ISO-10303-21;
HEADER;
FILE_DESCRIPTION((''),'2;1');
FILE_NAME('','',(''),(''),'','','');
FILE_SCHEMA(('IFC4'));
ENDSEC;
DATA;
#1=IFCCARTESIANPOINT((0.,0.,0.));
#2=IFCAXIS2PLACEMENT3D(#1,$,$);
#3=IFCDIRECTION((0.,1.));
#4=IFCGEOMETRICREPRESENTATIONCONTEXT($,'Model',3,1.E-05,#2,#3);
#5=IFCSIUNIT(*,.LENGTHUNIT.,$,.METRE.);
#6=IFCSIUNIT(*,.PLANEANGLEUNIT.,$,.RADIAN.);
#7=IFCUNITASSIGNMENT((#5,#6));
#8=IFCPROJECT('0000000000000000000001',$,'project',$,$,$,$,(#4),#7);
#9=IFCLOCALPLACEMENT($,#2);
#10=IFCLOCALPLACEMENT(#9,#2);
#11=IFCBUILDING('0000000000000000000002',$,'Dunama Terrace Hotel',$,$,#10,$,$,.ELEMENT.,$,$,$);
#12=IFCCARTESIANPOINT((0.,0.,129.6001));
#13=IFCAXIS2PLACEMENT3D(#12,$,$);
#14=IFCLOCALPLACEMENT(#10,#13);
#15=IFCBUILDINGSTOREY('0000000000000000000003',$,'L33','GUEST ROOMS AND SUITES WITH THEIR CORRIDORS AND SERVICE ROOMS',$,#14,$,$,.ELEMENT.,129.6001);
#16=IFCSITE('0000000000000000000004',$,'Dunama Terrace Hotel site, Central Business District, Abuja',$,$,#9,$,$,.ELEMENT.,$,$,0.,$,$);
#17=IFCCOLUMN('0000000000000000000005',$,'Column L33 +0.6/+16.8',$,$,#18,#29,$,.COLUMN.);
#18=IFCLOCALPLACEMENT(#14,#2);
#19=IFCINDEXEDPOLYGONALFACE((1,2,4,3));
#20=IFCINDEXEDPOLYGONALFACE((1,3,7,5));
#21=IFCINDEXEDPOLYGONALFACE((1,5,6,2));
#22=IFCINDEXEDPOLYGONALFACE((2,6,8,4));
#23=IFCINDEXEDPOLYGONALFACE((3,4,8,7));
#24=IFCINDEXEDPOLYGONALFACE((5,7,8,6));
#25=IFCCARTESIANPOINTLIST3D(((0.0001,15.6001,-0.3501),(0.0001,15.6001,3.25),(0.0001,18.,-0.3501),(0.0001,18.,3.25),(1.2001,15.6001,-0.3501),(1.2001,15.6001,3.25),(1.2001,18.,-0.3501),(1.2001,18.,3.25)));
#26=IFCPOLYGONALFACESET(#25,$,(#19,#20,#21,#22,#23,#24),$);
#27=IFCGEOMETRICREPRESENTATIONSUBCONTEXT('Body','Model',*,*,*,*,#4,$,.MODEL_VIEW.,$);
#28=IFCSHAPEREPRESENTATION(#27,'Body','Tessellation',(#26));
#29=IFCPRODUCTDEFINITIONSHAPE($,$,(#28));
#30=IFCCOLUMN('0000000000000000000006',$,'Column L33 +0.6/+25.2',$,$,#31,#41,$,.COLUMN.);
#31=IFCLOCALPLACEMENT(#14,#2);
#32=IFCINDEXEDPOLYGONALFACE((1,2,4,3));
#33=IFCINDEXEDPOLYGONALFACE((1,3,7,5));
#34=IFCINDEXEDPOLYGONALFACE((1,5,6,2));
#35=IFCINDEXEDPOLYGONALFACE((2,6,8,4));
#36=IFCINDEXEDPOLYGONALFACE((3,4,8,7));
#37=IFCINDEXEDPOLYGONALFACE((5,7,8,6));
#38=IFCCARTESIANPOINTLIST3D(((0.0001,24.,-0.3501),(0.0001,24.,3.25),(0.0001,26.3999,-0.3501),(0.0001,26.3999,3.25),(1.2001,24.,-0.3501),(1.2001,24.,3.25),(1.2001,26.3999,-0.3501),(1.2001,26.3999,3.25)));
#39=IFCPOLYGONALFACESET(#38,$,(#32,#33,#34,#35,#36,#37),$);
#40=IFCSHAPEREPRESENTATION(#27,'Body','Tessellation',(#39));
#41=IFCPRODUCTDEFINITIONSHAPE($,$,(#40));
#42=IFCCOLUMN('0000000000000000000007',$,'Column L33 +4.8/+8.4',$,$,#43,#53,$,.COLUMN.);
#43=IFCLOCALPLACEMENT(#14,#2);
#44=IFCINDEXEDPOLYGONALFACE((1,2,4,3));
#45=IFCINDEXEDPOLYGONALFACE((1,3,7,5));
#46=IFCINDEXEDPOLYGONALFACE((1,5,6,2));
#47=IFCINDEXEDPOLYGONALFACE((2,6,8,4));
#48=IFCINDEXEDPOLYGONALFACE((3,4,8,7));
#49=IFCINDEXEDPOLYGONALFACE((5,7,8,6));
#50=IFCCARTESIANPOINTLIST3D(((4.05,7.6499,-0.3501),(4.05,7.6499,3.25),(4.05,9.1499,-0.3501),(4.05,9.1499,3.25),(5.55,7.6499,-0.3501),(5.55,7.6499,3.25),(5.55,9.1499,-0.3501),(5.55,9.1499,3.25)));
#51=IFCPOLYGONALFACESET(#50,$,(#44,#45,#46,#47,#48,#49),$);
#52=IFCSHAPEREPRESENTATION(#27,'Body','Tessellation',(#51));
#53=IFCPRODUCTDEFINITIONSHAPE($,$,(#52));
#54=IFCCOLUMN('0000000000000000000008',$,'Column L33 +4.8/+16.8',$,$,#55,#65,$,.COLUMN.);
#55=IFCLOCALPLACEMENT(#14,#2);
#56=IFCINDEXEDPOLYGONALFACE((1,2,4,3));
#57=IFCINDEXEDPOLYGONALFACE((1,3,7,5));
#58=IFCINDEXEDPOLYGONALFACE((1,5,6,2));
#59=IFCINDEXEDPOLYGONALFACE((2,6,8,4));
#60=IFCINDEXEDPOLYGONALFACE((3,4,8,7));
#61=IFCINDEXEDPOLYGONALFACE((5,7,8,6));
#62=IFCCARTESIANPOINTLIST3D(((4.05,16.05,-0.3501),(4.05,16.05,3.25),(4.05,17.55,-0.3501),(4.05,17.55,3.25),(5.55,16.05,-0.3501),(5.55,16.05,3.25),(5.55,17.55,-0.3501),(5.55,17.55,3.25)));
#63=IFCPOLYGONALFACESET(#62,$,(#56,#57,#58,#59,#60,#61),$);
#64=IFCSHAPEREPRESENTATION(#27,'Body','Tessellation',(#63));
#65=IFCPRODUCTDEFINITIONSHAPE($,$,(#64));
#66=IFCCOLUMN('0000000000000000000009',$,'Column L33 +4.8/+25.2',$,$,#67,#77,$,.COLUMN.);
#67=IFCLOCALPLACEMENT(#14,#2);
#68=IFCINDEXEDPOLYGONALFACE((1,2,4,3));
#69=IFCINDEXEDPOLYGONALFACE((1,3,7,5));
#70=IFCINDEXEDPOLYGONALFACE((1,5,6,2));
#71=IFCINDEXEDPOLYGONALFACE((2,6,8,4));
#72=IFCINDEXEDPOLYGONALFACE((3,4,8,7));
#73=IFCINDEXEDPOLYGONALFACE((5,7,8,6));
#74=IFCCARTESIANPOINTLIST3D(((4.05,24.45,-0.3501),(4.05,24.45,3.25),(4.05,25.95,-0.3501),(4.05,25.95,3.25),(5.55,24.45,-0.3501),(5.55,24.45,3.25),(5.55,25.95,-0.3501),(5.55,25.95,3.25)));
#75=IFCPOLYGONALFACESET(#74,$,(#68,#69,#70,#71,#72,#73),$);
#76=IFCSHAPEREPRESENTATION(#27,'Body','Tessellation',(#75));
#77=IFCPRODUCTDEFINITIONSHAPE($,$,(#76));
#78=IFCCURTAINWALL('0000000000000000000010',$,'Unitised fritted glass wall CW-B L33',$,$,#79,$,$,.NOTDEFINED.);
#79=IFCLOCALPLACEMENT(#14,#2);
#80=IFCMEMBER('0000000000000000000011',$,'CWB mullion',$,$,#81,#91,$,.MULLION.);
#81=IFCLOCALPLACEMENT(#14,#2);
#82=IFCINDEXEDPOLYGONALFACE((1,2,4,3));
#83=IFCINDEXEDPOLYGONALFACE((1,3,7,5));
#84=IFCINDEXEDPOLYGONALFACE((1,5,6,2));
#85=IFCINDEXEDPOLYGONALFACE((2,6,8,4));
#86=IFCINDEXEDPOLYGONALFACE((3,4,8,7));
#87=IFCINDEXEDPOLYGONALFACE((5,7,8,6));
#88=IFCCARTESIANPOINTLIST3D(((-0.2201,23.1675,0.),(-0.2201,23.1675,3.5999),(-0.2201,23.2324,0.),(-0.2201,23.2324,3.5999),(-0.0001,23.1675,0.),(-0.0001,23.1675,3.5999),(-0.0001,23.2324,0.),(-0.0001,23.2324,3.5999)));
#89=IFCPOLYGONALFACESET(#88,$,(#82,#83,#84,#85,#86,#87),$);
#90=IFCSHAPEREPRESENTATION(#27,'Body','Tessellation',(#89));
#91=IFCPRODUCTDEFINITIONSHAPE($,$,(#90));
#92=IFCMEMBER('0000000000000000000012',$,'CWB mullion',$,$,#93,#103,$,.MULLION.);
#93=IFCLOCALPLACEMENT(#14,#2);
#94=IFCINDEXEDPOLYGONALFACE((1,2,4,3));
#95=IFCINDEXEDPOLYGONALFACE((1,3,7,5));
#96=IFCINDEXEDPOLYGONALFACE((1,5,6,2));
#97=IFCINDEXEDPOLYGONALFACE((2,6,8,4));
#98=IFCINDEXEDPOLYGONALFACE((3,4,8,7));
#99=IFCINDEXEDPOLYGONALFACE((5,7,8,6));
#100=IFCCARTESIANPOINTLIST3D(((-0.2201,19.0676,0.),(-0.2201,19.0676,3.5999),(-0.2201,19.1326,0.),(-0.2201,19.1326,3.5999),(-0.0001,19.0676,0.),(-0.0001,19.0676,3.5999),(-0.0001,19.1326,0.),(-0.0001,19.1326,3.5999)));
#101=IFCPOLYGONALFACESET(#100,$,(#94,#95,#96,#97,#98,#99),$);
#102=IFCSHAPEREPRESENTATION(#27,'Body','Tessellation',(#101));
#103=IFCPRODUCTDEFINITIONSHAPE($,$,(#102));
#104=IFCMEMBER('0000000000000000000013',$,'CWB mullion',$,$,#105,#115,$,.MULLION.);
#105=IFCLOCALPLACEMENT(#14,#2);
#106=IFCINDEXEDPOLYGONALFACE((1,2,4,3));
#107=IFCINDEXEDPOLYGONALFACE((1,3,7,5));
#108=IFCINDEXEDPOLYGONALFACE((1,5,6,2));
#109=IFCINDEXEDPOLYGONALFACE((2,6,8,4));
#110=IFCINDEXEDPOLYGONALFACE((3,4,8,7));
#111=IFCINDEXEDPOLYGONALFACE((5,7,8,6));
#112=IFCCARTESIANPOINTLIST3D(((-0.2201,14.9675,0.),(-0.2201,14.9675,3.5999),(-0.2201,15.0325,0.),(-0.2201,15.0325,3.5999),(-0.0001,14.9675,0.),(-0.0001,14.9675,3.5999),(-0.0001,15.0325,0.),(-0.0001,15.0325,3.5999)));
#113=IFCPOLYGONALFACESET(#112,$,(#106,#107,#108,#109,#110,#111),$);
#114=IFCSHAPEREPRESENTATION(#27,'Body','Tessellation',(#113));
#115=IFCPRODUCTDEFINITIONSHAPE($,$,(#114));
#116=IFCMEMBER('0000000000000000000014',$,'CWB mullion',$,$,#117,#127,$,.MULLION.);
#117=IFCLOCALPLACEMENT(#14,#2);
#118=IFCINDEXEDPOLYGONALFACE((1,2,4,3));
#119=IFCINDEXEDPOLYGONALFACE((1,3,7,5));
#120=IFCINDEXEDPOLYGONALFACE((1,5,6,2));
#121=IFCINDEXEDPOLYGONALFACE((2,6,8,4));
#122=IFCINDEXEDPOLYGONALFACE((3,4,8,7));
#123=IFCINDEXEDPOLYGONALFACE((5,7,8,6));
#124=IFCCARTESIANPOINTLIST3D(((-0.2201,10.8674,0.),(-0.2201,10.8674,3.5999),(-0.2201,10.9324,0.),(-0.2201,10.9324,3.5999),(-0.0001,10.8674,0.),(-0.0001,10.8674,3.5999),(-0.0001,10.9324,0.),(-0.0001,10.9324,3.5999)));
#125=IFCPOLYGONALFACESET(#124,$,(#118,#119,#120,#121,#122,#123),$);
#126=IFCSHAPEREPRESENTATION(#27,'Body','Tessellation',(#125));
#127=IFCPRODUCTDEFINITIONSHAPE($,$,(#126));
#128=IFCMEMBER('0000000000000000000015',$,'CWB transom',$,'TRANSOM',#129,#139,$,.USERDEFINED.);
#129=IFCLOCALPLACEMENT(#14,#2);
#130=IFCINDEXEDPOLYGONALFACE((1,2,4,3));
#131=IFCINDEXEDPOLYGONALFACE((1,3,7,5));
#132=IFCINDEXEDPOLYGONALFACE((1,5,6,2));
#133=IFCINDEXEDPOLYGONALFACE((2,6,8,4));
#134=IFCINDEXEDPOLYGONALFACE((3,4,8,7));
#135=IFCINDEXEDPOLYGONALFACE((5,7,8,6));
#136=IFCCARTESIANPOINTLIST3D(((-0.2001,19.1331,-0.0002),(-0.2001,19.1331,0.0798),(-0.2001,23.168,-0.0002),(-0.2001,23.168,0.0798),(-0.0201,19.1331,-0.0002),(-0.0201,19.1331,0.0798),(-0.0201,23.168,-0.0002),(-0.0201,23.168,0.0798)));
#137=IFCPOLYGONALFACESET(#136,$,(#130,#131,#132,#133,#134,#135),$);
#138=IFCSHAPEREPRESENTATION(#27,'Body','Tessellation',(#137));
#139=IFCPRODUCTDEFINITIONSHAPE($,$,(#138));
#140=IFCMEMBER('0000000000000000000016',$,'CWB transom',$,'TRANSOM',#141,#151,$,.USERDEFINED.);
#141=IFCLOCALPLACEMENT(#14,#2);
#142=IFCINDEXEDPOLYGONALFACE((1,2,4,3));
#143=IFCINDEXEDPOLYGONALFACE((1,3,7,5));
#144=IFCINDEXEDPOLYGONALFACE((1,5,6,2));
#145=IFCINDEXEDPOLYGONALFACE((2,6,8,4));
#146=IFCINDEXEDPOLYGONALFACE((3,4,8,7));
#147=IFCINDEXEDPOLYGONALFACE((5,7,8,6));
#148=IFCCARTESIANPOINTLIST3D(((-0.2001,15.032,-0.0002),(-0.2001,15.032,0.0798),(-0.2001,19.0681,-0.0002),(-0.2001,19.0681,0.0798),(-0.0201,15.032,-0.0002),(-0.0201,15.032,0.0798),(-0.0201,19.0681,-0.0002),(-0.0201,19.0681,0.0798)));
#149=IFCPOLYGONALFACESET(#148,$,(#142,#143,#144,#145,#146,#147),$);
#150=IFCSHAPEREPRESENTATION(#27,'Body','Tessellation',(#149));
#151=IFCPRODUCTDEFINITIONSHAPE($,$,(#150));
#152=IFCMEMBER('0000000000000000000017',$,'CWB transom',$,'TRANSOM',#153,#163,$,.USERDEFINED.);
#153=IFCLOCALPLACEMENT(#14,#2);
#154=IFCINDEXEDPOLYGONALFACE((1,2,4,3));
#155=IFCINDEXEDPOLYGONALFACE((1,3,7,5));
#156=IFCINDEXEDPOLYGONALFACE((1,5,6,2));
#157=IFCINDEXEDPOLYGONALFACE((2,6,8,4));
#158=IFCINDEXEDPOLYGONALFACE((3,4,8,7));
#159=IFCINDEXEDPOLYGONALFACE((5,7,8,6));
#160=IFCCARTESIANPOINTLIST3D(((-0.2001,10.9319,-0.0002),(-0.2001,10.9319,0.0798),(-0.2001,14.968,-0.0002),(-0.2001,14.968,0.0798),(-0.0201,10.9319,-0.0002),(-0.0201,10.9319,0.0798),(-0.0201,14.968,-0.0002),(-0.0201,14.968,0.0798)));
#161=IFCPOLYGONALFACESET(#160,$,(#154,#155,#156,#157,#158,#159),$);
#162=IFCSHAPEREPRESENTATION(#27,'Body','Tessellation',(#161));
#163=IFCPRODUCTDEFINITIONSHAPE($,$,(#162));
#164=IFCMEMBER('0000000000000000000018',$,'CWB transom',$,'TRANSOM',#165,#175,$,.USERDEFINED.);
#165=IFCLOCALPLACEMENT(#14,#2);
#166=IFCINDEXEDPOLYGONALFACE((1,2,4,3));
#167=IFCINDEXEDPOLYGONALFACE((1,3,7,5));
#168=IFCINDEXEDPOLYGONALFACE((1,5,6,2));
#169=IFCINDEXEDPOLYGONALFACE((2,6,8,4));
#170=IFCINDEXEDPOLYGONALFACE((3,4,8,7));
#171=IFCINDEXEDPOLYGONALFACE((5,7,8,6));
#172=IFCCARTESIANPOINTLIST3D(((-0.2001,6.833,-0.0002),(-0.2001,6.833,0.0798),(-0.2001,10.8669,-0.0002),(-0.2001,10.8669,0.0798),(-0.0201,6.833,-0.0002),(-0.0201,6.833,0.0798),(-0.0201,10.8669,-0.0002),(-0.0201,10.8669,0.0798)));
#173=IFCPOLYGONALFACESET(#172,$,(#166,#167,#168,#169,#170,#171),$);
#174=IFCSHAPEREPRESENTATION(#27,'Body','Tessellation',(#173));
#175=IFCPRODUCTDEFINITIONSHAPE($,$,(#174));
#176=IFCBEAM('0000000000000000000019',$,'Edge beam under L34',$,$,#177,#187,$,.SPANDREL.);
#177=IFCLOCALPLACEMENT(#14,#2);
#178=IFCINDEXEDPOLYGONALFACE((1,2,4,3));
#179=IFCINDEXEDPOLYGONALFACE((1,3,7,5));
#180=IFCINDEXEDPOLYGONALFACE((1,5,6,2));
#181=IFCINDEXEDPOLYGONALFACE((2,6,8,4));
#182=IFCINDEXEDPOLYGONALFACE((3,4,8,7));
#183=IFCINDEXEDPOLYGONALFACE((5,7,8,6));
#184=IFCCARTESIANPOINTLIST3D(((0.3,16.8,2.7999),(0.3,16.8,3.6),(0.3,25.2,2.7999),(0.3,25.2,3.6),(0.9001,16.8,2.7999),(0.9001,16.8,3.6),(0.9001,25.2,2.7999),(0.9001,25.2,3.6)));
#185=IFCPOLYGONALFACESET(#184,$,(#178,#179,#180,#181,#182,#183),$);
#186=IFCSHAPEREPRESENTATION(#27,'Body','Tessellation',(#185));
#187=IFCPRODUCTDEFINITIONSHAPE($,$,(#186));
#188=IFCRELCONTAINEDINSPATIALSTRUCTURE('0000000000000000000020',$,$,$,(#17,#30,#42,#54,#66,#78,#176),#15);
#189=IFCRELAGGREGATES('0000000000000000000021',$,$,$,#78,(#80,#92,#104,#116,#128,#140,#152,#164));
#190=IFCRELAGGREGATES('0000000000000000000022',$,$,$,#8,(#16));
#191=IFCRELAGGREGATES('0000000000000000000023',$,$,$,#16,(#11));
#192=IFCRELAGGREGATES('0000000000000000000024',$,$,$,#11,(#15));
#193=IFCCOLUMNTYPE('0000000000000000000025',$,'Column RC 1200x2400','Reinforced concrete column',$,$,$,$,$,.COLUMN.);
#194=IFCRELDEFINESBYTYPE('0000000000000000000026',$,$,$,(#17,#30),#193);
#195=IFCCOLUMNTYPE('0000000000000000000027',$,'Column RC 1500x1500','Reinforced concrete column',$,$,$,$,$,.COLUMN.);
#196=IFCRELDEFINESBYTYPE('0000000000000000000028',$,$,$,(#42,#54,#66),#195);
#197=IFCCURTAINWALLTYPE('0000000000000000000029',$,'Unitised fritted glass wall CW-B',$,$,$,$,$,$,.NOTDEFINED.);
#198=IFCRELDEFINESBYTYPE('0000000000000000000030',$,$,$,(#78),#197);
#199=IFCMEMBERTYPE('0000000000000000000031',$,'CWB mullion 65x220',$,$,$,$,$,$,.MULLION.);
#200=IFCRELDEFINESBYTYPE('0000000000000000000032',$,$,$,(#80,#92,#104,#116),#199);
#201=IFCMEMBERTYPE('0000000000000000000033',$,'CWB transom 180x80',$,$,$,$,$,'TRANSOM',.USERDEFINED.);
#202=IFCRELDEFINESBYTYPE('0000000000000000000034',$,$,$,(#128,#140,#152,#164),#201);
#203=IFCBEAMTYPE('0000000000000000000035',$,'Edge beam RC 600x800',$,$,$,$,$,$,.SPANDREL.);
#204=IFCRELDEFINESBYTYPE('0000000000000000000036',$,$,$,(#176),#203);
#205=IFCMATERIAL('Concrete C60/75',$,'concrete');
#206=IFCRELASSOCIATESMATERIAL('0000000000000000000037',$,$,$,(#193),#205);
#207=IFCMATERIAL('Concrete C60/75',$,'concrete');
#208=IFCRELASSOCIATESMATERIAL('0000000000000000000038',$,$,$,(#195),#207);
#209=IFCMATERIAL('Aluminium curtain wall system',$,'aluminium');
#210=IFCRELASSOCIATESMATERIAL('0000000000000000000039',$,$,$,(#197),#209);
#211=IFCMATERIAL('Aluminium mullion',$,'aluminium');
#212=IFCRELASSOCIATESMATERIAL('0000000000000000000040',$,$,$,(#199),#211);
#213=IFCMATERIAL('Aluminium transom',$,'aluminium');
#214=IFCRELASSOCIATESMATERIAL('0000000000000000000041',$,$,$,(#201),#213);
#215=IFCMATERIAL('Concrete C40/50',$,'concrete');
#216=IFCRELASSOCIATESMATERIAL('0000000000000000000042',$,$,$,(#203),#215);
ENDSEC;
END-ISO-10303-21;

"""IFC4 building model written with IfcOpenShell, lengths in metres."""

from ifc_helpers import new_model, si_unit, direction, frame, origin, origin_2d, place, context, subcontext, project, spatial, rectangle, extrude, material, material_profile, profile_set, type_object, element, aggregate, save


model = new_model("IFC4")

# Units and contexts
model_context = context("Model", 3, precision=1e-05, world=origin(), true_north=direction((0.0, 1.0)))
body_context = subcontext(model_context, "Body", "Model", "MODEL_VIEW")
ifc_project = project(units=[si_unit("LENGTHUNIT", "METRE"), si_unit("PLANEANGLEUNIT", "RADIAN")], contexts=[model_context])

# Site, building, storey
site_placement = place(None, origin())
site = spatial("IfcSite", under=ifc_project, at=site_placement, Name="Dunama Terrace Hotel site, Central Business District, Abuja", CompositionType="ELEMENT", RefElevation=0.0)
building_placement = place(site_placement, origin())
building = spatial("IfcBuilding", under=site, at=building_placement, Name="Dunama Terrace Hotel", CompositionType="ELEMENT")
storey_placement = place(building_placement, frame((0.0, 0.0, 129.6001)))
storey = spatial("IfcBuildingStorey", under=building, at=storey_placement, Name="L33", Description="GUEST ROOMS AND SUITES WITH THEIR CORRIDORS AND SERVICE ROOMS", CompositionType="ELEMENT", Elevation=129.6001)

# Columns
ifc_material_1 = material(Name="Concrete C60/75", Category="concrete")
ifc_material_profile_1 = material_profile(ifc_material_1, rectangle(XDim=1.2, YDim=2.3999, at=origin_2d()), Name="RC 1200x2400")
ifc_profile_set_1 = profile_set([ifc_material_profile_1], Name="Concrete C60/75")
column_type_1 = type_object("IfcColumnType", Name="Column RC 1200x2400", Description="Reinforced concrete column", PredefinedType="COLUMN", material=ifc_profile_set_1)
for number, where, z_axis, x_axis, name in (
    (1, (0.6001, 16.8, -0.3501), (0.0, 0.0, 1.0), (1.0, 0.0, 0.0), "Column L33 +0.6/+16.8"),
    (2, (0.6001, 25.2, -0.3501), (0.0, 0.0, 1.0), (1.0, 0.0, 0.0), "Column L33 +0.6/+25.2"),
):
    element("IfcColumn", number, at=place(storey_placement, frame(where, z_axis=z_axis, x_axis=x_axis)), inside=storey, type_object=column_type_1, Name=name, PredefinedType="COLUMN", context=body_context, shape_type="SweptSolid", body=[
        extrude(rectangle(XDim=1.2, YDim=2.3999, at=origin_2d()), origin(), (0.0, 0.0, 1.0), 3.6001),
    ])
ifc_material_2 = material(Name="Concrete C60/75", Category="concrete")
ifc_material_profile_2 = material_profile(ifc_material_2, rectangle(XDim=1.5, YDim=1.5, at=origin_2d()), Name="RC 1500x1500")
ifc_profile_set_2 = profile_set([ifc_material_profile_2], Name="Concrete C60/75")
column_type_2 = type_object("IfcColumnType", Name="Column RC 1500x1500", Description="Reinforced concrete column", PredefinedType="COLUMN", material=ifc_profile_set_2)
for number, where, z_axis, x_axis, name in (
    (3, (4.8, 8.3999, -0.3501), (0.0, 0.0, 1.0), (1.0, 0.0, 0.0), "Column L33 +4.8/+8.4"),
    (4, (4.8, 16.8, -0.3501), (0.0, 0.0, 1.0), (1.0, 0.0, 0.0), "Column L33 +4.8/+16.8"),
    (5, (4.8, 25.2, -0.3501), (0.0, 0.0, 1.0), (1.0, 0.0, 0.0), "Column L33 +4.8/+25.2"),
):
    element("IfcColumn", number, at=place(storey_placement, frame(where, z_axis=z_axis, x_axis=x_axis)), inside=storey, type_object=column_type_2, Name=name, PredefinedType="COLUMN", context=body_context, shape_type="SweptSolid", body=[
        extrude(rectangle(XDim=1.5, YDim=1.5, at=origin_2d()), origin(), (0.0, 0.0, 1.0), 3.6001),
    ])

# Curtain wall, members
ifc_material_3 = material(Name="Aluminium curtain wall system", Category="aluminium")
curtain_wall_type = type_object("IfcCurtainWallType", Name="Unitised fritted glass wall CW-B", PredefinedType="NOTDEFINED", material=ifc_material_3)
curtain_wall_placement = place(storey_placement, origin())
curtain_wall = element("IfcCurtainWall", 6, at=curtain_wall_placement, inside=storey, type_object=curtain_wall_type, Name="Unitised fritted glass wall CW-B L33", PredefinedType="NOTDEFINED")
ifc_material_4 = material(Name="Aluminium mullion", Category="aluminium")
ifc_material_profile_3 = material_profile(ifc_material_4, rectangle(XDim=0.0649, YDim=0.22, at=origin_2d()), Name="CWB MULLION 65X220")
ifc_profile_set_3 = profile_set([ifc_material_profile_3], Name="Aluminium mullion")
member_type_1 = type_object("IfcMemberType", Name="CWB mullion 65x220", PredefinedType="MULLION", material=ifc_profile_set_3)
member_1_placement = place(storey_placement, frame((-0.1101, 23.2, 0.0), z_axis=(0.0, 0.0, 1.0), x_axis=(0.0, -1.0, 0.0)))
member_1 = element("IfcMember", 7, at=member_1_placement, type_object=member_type_1, Name="CWB mullion", PredefinedType="MULLION", context=body_context, shape_type="SweptSolid", body=[
    extrude(rectangle(XDim=0.0649, YDim=0.22, at=origin_2d()), origin(), (0.0, 0.0, 1.0), 3.5999),
])
member_2_placement = place(storey_placement, frame((-0.1101, 19.1001, 0.0), z_axis=(0.0, 0.0, 1.0), x_axis=(0.0, -1.0, 0.0)))
member_2 = element("IfcMember", 8, at=member_2_placement, type_object=member_type_1, Name="CWB mullion", PredefinedType="MULLION", context=body_context, shape_type="SweptSolid", body=[
    extrude(rectangle(XDim=0.0649, YDim=0.22, at=origin_2d()), origin(), (0.0, 0.0, 1.0), 3.5999),
])
member_3_placement = place(storey_placement, frame((-0.1101, 15.0, 0.0), z_axis=(0.0, 0.0, 1.0), x_axis=(0.0, -1.0, 0.0)))
member_3 = element("IfcMember", 9, at=member_3_placement, type_object=member_type_1, Name="CWB mullion", PredefinedType="MULLION", context=body_context, shape_type="SweptSolid", body=[
    extrude(rectangle(XDim=0.0649, YDim=0.22, at=origin_2d()), origin(), (0.0, 0.0, 1.0), 3.5999),
])
member_4_placement = place(storey_placement, frame((-0.1101, 10.8999, 0.0), z_axis=(0.0, 0.0, 1.0), x_axis=(0.0, -1.0, 0.0)))
member_4 = element("IfcMember", 10, at=member_4_placement, type_object=member_type_1, Name="CWB mullion", PredefinedType="MULLION", context=body_context, shape_type="SweptSolid", body=[
    extrude(rectangle(XDim=0.0649, YDim=0.22, at=origin_2d()), origin(), (0.0, 0.0, 1.0), 3.5999),
])
ifc_material_5 = material(Name="Aluminium transom", Category="aluminium")
ifc_material_profile_4 = material_profile(ifc_material_5, rectangle(XDim=0.1799, YDim=0.0801, at=origin_2d()), Name="CWB TRANSOM 180X80")
ifc_profile_set_4 = profile_set([ifc_material_profile_4], Name="Aluminium transom")
member_type_2 = type_object("IfcMemberType", Name="CWB transom 180x80", ElementType="TRANSOM", PredefinedType="USERDEFINED", material=ifc_profile_set_4)
member_5_placement = place(storey_placement, frame((-0.1101, 23.168, 0.0398), z_axis=(0.0, -1.0, 0.0), x_axis=(1.0, 0.0, 0.0)))
member_5 = element("IfcMember", 11, at=member_5_placement, type_object=member_type_2, Name="CWB transom", ObjectType="TRANSOM", PredefinedType="USERDEFINED", context=body_context, shape_type="SweptSolid", body=[
    extrude(rectangle(XDim=0.1799, YDim=0.0801, at=origin_2d()), origin(), (0.0, 0.0, 1.0), 4.0349),
])
member_6_placement = place(storey_placement, frame((-0.1101, 19.0681, 0.0398), z_axis=(0.0, -1.0, 0.0), x_axis=(1.0, 0.0, 0.0)))
member_6 = element("IfcMember", 12, at=member_6_placement, type_object=member_type_2, Name="CWB transom", ObjectType="TRANSOM", PredefinedType="USERDEFINED", context=body_context, shape_type="SweptSolid", body=[
    extrude(rectangle(XDim=0.1799, YDim=0.0801, at=origin_2d()), origin(), (0.0, 0.0, 1.0), 4.0361),
])
member_7_placement = place(storey_placement, frame((-0.1101, 14.968, 0.0398), z_axis=(0.0, -1.0, 0.0), x_axis=(1.0, 0.0, 0.0)))
member_7 = element("IfcMember", 13, at=member_7_placement, type_object=member_type_2, Name="CWB transom", ObjectType="TRANSOM", PredefinedType="USERDEFINED", context=body_context, shape_type="SweptSolid", body=[
    extrude(rectangle(XDim=0.1799, YDim=0.0801, at=origin_2d()), origin(), (0.0, 0.0, 1.0), 4.0361),
])
member_8_placement = place(storey_placement, frame((-0.1101, 10.8669, 0.0398), z_axis=(0.0, -1.0, 0.0), x_axis=(1.0, 0.0, 0.0)))
member_8 = element("IfcMember", 14, at=member_8_placement, type_object=member_type_2, Name="CWB transom", ObjectType="TRANSOM", PredefinedType="USERDEFINED", context=body_context, shape_type="SweptSolid", body=[
    extrude(rectangle(XDim=0.1799, YDim=0.0801, at=origin_2d()), origin(), (0.0, 0.0, 1.0), 4.0339),
])

# Beam
ifc_material_6 = material(Name="Concrete C40/50", Category="concrete")
ifc_material_profile_5 = material_profile(ifc_material_6, rectangle(XDim=0.6001, YDim=0.8, at=origin_2d()), Name="RC 600x800")
ifc_profile_set_5 = profile_set([ifc_material_profile_5], Name="Concrete C40/50")
beam_type = type_object("IfcBeamType", Name="Edge beam RC 600x800", PredefinedType="SPANDREL", material=ifc_profile_set_5)
beam_1_placement = place(storey_placement, frame((0.6001, 16.8, 3.2), z_axis=(0.0, 1.0, 0.0), x_axis=(-1.0, 0.0, 0.0)))
element("IfcBeam", 15, at=beam_1_placement, inside=storey, type_object=beam_type, Name="Edge beam under L34", PredefinedType="SPANDREL", context=body_context, shape_type="SweptSolid", body=[
    extrude(rectangle(XDim=0.6001, YDim=0.8, at=origin_2d()), origin(), (0.0, 0.0, 1.0), 8.3999),
])

aggregate(curtain_wall, [member_1, member_2, member_3, member_4, member_5, member_6, member_7, member_8])

save(model, "model.ifc")
